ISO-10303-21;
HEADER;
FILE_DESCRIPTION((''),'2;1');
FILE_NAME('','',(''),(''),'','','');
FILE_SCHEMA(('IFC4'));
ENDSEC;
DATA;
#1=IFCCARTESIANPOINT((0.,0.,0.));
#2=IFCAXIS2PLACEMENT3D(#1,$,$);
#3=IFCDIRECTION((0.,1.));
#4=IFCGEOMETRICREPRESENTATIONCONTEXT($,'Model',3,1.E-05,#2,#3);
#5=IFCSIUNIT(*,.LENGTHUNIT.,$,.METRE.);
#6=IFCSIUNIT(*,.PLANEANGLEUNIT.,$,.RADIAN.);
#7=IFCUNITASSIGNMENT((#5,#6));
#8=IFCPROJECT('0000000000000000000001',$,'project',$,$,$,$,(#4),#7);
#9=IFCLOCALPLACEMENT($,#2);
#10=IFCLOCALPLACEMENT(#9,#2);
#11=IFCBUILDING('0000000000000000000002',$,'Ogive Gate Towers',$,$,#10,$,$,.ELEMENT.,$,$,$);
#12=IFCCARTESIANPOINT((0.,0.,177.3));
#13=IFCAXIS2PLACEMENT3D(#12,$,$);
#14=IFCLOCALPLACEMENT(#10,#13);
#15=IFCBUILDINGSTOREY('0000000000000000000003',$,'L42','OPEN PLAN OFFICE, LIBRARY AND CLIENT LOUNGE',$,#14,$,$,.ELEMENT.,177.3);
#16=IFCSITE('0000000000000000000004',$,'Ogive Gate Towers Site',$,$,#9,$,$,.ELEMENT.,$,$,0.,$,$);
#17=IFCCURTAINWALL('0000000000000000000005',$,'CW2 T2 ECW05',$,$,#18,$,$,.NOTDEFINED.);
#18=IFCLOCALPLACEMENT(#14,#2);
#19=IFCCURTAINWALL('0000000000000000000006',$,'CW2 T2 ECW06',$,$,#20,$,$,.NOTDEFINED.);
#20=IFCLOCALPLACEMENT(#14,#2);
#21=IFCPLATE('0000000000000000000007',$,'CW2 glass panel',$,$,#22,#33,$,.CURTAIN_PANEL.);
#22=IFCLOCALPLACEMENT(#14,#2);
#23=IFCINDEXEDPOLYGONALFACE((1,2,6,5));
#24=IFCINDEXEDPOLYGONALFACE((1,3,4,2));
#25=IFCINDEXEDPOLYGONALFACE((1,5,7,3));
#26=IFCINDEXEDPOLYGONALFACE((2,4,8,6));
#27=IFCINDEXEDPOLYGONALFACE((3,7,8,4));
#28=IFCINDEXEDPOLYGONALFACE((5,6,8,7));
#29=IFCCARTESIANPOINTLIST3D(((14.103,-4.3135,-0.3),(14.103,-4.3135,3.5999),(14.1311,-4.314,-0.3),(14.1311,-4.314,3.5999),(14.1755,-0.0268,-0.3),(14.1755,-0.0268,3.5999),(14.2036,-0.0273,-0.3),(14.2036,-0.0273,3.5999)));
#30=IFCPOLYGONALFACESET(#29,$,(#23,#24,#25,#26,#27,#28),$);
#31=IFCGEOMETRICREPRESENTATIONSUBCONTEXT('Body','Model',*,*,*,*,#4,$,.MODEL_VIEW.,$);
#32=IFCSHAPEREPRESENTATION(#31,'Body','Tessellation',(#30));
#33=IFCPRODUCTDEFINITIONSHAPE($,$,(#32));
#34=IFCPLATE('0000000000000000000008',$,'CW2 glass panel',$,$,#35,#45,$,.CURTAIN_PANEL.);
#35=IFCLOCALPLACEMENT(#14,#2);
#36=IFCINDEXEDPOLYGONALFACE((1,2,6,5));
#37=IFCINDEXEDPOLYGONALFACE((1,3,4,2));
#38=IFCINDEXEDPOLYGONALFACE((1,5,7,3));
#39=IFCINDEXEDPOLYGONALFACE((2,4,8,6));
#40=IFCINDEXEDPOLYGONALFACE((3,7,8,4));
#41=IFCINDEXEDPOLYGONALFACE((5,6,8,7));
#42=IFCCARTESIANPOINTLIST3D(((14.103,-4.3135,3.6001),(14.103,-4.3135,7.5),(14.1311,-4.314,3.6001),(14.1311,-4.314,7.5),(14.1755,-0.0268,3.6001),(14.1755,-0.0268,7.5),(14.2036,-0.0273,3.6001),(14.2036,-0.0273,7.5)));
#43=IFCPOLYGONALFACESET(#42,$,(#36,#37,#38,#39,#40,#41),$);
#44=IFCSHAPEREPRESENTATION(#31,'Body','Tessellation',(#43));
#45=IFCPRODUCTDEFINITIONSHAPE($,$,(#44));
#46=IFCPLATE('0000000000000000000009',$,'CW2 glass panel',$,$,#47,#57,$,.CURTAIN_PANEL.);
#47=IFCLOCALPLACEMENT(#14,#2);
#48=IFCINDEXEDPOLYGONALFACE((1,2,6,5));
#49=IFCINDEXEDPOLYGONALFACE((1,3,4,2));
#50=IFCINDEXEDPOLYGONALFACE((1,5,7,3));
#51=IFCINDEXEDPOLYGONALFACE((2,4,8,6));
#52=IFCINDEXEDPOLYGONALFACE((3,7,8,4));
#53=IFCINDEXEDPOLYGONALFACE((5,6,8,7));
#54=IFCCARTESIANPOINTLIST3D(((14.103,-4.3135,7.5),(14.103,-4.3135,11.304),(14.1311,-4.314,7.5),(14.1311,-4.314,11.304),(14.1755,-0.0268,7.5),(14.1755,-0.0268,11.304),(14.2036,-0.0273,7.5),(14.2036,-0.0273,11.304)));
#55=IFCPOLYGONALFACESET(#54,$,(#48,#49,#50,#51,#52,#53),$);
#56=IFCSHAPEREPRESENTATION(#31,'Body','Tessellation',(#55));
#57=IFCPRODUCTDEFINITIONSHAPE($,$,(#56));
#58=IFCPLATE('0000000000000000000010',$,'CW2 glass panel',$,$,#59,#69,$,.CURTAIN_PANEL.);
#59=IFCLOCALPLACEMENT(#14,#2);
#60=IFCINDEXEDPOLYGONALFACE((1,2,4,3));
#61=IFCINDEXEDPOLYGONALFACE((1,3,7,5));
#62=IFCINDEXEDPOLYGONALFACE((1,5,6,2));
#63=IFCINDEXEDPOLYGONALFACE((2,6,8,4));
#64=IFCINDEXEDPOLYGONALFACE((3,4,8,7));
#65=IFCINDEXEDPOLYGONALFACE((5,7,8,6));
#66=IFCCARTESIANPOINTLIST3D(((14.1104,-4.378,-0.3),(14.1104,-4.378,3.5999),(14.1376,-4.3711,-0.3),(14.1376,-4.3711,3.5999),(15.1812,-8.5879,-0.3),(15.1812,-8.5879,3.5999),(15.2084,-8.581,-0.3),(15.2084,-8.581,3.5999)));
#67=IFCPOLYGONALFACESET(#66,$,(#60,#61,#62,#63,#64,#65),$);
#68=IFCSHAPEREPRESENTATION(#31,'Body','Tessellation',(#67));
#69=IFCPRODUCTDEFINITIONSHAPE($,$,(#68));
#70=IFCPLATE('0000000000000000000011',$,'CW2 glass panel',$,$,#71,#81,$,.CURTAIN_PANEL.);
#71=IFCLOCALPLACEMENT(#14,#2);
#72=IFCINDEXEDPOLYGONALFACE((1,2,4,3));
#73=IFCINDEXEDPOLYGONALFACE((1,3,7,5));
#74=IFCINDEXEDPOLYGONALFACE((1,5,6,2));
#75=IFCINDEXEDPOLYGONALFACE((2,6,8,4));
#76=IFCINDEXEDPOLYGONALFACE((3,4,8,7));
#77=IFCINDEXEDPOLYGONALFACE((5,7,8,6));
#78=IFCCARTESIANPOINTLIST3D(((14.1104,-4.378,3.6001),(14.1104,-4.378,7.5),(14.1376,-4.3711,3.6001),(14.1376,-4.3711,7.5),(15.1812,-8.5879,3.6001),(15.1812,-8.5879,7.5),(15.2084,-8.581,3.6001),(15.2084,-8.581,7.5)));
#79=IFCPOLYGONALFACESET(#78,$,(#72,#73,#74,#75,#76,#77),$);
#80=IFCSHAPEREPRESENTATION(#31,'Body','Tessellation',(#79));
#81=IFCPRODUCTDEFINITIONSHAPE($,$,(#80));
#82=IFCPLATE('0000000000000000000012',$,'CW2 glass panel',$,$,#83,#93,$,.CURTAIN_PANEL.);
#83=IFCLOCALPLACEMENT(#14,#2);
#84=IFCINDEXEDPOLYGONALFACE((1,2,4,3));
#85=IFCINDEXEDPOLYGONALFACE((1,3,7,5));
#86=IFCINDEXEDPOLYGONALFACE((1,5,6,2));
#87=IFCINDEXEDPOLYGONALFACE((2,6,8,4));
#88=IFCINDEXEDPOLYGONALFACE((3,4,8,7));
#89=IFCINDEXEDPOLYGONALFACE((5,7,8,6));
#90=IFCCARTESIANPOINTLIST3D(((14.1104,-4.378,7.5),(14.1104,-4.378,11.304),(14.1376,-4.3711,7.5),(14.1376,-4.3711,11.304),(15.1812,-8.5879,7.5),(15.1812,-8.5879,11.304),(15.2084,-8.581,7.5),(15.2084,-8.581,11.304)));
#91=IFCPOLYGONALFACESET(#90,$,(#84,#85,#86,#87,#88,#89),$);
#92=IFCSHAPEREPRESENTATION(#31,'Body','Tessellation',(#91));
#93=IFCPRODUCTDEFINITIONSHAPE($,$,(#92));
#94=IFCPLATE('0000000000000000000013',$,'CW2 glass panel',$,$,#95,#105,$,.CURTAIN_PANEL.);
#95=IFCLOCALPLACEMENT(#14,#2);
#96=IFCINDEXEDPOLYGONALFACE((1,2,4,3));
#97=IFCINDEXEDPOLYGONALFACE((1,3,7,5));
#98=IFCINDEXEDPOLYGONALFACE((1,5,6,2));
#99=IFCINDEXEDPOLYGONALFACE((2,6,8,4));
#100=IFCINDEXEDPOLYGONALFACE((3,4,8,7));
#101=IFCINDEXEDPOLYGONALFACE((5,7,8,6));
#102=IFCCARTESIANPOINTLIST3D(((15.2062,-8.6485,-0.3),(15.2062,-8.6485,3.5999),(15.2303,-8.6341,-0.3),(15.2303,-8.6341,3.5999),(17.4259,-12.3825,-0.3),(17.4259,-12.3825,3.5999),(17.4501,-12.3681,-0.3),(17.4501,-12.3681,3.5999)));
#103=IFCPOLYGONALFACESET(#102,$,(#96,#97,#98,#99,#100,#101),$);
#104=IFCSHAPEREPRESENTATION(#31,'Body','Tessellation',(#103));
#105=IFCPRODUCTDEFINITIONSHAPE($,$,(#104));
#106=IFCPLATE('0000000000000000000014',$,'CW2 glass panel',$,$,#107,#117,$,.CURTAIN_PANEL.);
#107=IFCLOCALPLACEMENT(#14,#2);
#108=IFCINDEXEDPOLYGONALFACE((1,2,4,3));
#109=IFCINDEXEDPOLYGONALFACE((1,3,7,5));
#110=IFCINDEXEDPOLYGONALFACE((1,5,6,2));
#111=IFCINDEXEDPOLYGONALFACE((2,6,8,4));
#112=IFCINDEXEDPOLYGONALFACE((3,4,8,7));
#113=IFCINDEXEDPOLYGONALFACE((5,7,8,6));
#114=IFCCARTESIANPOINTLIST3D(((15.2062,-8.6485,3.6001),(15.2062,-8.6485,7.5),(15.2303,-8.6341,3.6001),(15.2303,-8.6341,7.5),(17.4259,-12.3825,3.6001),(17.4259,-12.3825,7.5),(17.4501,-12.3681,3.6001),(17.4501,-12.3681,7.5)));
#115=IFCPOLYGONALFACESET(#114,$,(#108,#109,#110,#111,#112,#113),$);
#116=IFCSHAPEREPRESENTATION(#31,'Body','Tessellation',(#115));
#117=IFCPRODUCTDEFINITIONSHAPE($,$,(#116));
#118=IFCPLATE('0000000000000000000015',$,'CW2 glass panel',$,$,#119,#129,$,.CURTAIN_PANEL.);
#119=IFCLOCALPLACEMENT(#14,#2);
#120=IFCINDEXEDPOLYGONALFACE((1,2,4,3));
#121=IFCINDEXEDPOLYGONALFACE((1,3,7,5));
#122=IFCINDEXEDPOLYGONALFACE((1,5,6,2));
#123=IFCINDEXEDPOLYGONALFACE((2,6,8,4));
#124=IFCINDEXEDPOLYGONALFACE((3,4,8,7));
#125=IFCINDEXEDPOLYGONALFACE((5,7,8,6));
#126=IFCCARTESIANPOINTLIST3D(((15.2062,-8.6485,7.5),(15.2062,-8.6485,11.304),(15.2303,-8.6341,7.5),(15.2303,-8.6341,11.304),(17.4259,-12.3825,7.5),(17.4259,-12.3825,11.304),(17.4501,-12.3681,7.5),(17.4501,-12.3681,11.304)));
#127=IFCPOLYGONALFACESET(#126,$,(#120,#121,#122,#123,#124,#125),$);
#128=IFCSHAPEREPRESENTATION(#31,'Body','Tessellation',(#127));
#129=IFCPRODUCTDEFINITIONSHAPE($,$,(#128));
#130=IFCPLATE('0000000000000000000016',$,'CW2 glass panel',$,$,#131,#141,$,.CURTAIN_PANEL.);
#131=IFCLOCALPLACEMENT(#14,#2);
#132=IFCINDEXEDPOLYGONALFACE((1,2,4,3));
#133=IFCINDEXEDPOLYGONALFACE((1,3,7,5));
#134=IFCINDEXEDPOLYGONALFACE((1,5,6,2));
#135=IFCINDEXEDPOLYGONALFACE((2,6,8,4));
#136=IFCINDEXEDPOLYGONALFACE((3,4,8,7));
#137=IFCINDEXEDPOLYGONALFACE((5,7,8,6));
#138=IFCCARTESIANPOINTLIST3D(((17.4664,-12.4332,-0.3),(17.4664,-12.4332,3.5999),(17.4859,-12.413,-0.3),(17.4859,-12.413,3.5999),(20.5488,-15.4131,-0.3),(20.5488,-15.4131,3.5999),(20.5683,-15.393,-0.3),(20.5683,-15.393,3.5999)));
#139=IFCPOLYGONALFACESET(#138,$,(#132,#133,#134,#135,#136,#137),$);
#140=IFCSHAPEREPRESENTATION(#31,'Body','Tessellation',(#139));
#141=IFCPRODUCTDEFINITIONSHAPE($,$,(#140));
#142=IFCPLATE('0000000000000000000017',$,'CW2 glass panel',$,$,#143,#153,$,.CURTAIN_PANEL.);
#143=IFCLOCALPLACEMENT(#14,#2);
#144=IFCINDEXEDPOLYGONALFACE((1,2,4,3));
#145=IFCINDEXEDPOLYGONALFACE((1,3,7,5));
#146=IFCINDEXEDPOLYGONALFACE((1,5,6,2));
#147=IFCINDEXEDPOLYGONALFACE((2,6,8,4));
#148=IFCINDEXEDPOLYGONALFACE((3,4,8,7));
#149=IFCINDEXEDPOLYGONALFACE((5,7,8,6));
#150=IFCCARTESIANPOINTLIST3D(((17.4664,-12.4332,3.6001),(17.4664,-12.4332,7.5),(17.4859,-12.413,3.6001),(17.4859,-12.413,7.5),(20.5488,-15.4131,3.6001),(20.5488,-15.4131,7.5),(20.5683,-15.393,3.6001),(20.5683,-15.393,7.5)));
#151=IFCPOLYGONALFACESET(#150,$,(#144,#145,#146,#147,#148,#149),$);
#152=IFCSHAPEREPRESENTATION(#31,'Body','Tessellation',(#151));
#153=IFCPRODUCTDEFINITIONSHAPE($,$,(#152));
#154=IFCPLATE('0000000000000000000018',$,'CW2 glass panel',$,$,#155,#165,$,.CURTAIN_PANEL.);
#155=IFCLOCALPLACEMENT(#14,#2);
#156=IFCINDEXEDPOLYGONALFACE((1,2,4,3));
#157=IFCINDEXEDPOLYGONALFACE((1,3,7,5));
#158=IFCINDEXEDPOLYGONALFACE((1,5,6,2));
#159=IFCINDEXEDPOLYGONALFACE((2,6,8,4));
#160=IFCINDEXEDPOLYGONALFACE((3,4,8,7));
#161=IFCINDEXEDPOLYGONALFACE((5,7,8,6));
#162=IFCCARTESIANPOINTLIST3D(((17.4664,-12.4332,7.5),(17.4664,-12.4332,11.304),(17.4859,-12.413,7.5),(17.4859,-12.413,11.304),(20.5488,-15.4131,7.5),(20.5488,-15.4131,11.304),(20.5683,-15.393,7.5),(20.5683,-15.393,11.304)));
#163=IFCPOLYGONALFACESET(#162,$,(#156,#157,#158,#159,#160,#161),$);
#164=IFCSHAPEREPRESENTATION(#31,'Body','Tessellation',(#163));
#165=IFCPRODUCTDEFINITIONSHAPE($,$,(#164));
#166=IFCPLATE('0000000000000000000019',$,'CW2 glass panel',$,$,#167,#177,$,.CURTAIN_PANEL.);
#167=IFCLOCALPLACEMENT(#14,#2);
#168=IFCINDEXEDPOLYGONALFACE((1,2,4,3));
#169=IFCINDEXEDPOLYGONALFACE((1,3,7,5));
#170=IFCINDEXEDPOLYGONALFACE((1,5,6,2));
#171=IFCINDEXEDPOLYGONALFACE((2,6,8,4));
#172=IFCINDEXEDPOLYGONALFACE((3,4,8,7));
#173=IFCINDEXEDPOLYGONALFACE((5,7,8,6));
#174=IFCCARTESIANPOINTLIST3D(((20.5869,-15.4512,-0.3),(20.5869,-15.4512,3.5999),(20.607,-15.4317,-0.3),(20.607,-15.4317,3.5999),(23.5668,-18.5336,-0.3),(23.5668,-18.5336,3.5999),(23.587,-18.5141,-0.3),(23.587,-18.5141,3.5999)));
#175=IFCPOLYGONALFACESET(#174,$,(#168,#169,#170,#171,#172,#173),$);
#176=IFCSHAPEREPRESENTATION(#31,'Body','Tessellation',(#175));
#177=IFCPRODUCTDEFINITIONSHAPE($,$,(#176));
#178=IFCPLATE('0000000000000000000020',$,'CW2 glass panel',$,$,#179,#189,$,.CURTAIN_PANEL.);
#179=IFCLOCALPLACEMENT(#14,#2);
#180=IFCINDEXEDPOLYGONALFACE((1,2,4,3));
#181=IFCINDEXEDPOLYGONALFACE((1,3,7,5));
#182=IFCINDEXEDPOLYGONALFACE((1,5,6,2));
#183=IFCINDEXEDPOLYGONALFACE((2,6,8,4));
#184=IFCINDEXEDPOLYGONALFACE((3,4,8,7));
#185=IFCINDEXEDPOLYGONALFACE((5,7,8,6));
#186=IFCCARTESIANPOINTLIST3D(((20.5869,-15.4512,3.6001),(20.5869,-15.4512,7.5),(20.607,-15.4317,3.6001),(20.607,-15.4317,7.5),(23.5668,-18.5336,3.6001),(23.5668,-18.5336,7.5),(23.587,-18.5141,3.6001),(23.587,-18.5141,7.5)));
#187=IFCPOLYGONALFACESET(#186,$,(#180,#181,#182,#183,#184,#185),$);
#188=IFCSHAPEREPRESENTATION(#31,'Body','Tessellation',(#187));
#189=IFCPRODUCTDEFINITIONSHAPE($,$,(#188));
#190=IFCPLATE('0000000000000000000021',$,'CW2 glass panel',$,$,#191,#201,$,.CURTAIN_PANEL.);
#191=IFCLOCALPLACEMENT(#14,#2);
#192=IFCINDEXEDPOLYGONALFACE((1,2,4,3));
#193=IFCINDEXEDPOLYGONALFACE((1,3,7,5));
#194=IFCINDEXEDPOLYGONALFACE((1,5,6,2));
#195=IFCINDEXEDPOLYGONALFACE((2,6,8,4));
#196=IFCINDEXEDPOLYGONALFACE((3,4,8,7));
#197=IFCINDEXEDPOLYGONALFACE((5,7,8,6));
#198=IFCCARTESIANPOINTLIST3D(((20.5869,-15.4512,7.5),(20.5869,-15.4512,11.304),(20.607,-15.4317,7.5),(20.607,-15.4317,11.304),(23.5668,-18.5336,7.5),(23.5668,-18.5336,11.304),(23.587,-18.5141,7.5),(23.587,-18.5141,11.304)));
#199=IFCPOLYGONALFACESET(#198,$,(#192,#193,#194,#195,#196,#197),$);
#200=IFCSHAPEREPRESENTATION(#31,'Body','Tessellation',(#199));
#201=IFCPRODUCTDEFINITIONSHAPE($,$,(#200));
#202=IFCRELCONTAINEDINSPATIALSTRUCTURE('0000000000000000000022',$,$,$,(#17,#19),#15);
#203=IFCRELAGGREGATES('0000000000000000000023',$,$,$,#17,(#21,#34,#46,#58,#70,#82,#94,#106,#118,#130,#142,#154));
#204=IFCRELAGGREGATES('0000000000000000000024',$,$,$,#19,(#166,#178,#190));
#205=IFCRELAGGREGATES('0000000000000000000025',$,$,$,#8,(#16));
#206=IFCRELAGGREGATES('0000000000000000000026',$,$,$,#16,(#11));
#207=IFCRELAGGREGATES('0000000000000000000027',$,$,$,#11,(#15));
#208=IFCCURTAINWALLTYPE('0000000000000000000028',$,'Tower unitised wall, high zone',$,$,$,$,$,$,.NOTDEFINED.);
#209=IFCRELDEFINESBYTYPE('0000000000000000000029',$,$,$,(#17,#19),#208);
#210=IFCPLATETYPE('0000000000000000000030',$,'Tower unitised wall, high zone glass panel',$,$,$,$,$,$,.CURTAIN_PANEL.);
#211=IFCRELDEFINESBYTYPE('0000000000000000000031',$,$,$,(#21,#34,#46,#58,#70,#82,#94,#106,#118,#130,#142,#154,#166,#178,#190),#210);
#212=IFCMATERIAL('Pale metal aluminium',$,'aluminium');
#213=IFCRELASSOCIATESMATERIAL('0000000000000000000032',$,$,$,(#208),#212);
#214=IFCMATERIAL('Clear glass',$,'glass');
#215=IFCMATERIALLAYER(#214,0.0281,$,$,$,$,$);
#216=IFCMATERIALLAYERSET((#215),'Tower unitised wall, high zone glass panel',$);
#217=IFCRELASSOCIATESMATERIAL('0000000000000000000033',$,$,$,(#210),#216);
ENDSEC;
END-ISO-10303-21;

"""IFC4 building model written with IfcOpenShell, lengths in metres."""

from ifc_helpers import new_model, si_unit, direction, frame, origin, origin_2d, place, context, subcontext, project, spatial, rectangle, extrude, material, layer, layer_set, type_object, element, aggregate, save


model = new_model("IFC4")

# Units and contexts
model_context = context("Model", 3, precision=1e-05, world=origin(), true_north=direction((0.0, 1.0)))
body_context = subcontext(model_context, "Body", "Model", "MODEL_VIEW")
ifc_project = project(units=[si_unit("LENGTHUNIT", "METRE"), si_unit("PLANEANGLEUNIT", "RADIAN")], contexts=[model_context])

# Site, building, storey
site_placement = place(None, origin())
site = spatial("IfcSite", under=ifc_project, at=site_placement, Name="Ogive Gate Towers Site", CompositionType="ELEMENT", RefElevation=0.0)
building_placement = place(site_placement, origin())
building = spatial("IfcBuilding", under=site, at=building_placement, Name="Ogive Gate Towers", CompositionType="ELEMENT")
storey_placement = place(building_placement, frame((0.0, 0.0, 177.3)))
storey = spatial("IfcBuildingStorey", under=building, at=storey_placement, Name="L42", Description="OPEN PLAN OFFICE, LIBRARY AND CLIENT LOUNGE", CompositionType="ELEMENT", Elevation=177.3)

# Curtain wall
ifc_material_1 = material(Name="Pale metal aluminium", Category="aluminium")
curtain_wall_type = type_object("IfcCurtainWallType", Name="Tower unitised wall, high zone", PredefinedType="NOTDEFINED", material=ifc_material_1)
curtain_wall_1_placement = place(storey_placement, origin())
curtain_wall_1 = element("IfcCurtainWall", 1, at=curtain_wall_1_placement, inside=storey, type_object=curtain_wall_type, Name="CW2 T2 ECW05", PredefinedType="NOTDEFINED")

# Curtain wall
curtain_wall_2_placement = place(storey_placement, origin())
curtain_wall_2 = element("IfcCurtainWall", 2, at=curtain_wall_2_placement, inside=storey, type_object=curtain_wall_type, Name="CW2 T2 ECW06", PredefinedType="NOTDEFINED")

# Plates
ifc_material_2 = material(Name="Clear glass", Category="glass")
ifc_layer_1 = layer(ifc_material_2, 0.0281)
ifc_layer_set_1 = layer_set([ifc_layer_1], Name="Tower unitised wall, high zone glass panel")
plate_type = type_object("IfcPlateType", Name="Tower unitised wall, high zone glass panel", PredefinedType="CURTAIN_PANEL", material=ifc_layer_set_1)
plate_1_placement = place(storey_placement, frame((14.1533, -2.1704, -0.3), z_axis=(0.0, 0.0, 1.0), x_axis=(-0.016911, -0.999857, 0.0)))
plate_1 = element("IfcPlate", 3, at=plate_1_placement, type_object=plate_type, Name="CW2 glass panel", PredefinedType="CURTAIN_PANEL", context=body_context, shape_type="SweptSolid", body=[
    extrude(rectangle(XDim=4.2874, YDim=0.0281, at=origin_2d()), origin(), (0.0, 0.0, 1.0), 3.8999),
])
plate_2_placement = place(storey_placement, frame((14.1533, -2.1704, 3.6001), z_axis=(0.0, 0.0, 1.0), x_axis=(-0.016911, -0.999857, 0.0)))
plate_2 = element("IfcPlate", 4, at=plate_2_placement, type_object=plate_type, Name="CW2 glass panel", PredefinedType="CURTAIN_PANEL", context=body_context, shape_type="SweptSolid", body=[
    extrude(rectangle(XDim=4.2874, YDim=0.0281, at=origin_2d()), origin(), (0.0, 0.0, 1.0), 3.8999),
])
plate_3_placement = place(storey_placement, frame((14.1533, -2.1704, 7.5), z_axis=(0.0, 0.0, 1.0), x_axis=(-0.016911, -0.999857, 0.0)))
plate_3 = element("IfcPlate", 5, at=plate_3_placement, type_object=plate_type, Name="CW2 glass panel", PredefinedType="CURTAIN_PANEL", context=body_context, shape_type="SweptSolid", body=[
    extrude(rectangle(XDim=4.2874, YDim=0.0281, at=origin_2d()), origin(), (0.0, 0.0, 1.0), 3.804),
])
plate_4_placement = place(storey_placement, frame((14.6594, -6.4795, -0.3), z_axis=(0.0, 0.0, 1.0), x_axis=(0.246492, -0.969145, 0.0)))
plate_4 = element("IfcPlate", 6, at=plate_4_placement, type_object=plate_type, Name="CW2 glass panel", PredefinedType="CURTAIN_PANEL", context=body_context, shape_type="SweptSolid", body=[
    extrude(rectangle(XDim=4.344, YDim=0.0281, at=origin_2d()), origin(), (0.0, 0.0, 1.0), 3.8999),
])
plate_5_placement = place(storey_placement, frame((14.6594, -6.4795, 3.6001), z_axis=(0.0, 0.0, 1.0), x_axis=(0.246492, -0.969145, 0.0)))
plate_5 = element("IfcPlate", 7, at=plate_5_placement, type_object=plate_type, Name="CW2 glass panel", PredefinedType="CURTAIN_PANEL", context=body_context, shape_type="SweptSolid", body=[
    extrude(rectangle(XDim=4.344, YDim=0.0281, at=origin_2d()), origin(), (0.0, 0.0, 1.0), 3.8999),
])
plate_6_placement = place(storey_placement, frame((14.6594, -6.4795, 7.5), z_axis=(0.0, 0.0, 1.0), x_axis=(0.246492, -0.969145, 0.0)))
plate_6 = element("IfcPlate", 8, at=plate_6_placement, type_object=plate_type, Name="CW2 glass panel", PredefinedType="CURTAIN_PANEL", context=body_context, shape_type="SweptSolid", body=[
    extrude(rectangle(XDim=4.344, YDim=0.0281, at=origin_2d()), origin(), (0.0, 0.0, 1.0), 3.804),
])
plate_7_placement = place(storey_placement, frame((16.3281, -10.5083, -0.3), z_axis=(0.0, 0.0, 1.0), x_axis=(0.510993, -0.859585, 0.0)))
plate_7 = element("IfcPlate", 9, at=plate_7_placement, type_object=plate_type, Name="CW2 glass panel", PredefinedType="CURTAIN_PANEL", context=body_context, shape_type="SweptSolid", body=[
    extrude(rectangle(XDim=4.344, YDim=0.0281, at=origin_2d()), origin(), (0.0, 0.0, 1.0), 3.8999),
])
plate_8_placement = place(storey_placement, frame((16.3281, -10.5083, 3.6001), z_axis=(0.0, 0.0, 1.0), x_axis=(0.510993, -0.859585, 0.0)))
plate_8 = element("IfcPlate", 10, at=plate_8_placement, type_object=plate_type, Name="CW2 glass panel", PredefinedType="CURTAIN_PANEL", context=body_context, shape_type="SweptSolid", body=[
    extrude(rectangle(XDim=4.344, YDim=0.0281, at=origin_2d()), origin(), (0.0, 0.0, 1.0), 3.8999),
])
plate_9_placement = place(storey_placement, frame((16.3281, -10.5083, 7.5), z_axis=(0.0, 0.0, 1.0), x_axis=(0.510993, -0.859585, 0.0)))
plate_9 = element("IfcPlate", 11, at=plate_9_placement, type_object=plate_type, Name="CW2 glass panel", PredefinedType="CURTAIN_PANEL", context=body_context, shape_type="SweptSolid", body=[
    extrude(rectangle(XDim=4.344, YDim=0.0281, at=origin_2d()), origin(), (0.0, 0.0, 1.0), 3.804),
])
plate_10_placement = place(storey_placement, frame((19.0173, -13.9131, -0.3), z_axis=(0.0, 0.0, 1.0), x_axis=(0.718964, -0.695047, 0.0)))
plate_10 = element("IfcPlate", 12, at=plate_10_placement, type_object=plate_type, Name="CW2 glass panel", PredefinedType="CURTAIN_PANEL", context=body_context, shape_type="SweptSolid", body=[
    extrude(rectangle(XDim=4.2874, YDim=0.0281, at=origin_2d()), origin(), (0.0, 0.0, 1.0), 3.8999),
])
plate_11_placement = place(storey_placement, frame((19.0173, -13.9131, 3.6001), z_axis=(0.0, 0.0, 1.0), x_axis=(0.718964, -0.695047, 0.0)))
plate_11 = element("IfcPlate", 13, at=plate_11_placement, type_object=plate_type, Name="CW2 glass panel", PredefinedType="CURTAIN_PANEL", context=body_context, shape_type="SweptSolid", body=[
    extrude(rectangle(XDim=4.2874, YDim=0.0281, at=origin_2d()), origin(), (0.0, 0.0, 1.0), 3.8999),
])
plate_12_placement = place(storey_placement, frame((19.0173, -13.9131, 7.5), z_axis=(0.0, 0.0, 1.0), x_axis=(0.718964, -0.695047, 0.0)))
plate_12 = element("IfcPlate", 14, at=plate_12_placement, type_object=plate_type, Name="CW2 glass panel", PredefinedType="CURTAIN_PANEL", context=body_context, shape_type="SweptSolid", body=[
    extrude(rectangle(XDim=4.2874, YDim=0.0281, at=origin_2d()), origin(), (0.0, 0.0, 1.0), 3.804),
])
aggregate(curtain_wall_1, [plate_1, plate_2, plate_3, plate_4, plate_5, plate_6, plate_7, plate_8, plate_9, plate_10, plate_11, plate_12])
plate_13_placement = place(storey_placement, frame((22.0869, -16.9827, -0.3), z_axis=(0.0, 0.0, 1.0), x_axis=(0.695047, -0.718964, 0.0)))
plate_13 = element("IfcPlate", 15, at=plate_13_placement, type_object=plate_type, Name="CW2 glass panel", PredefinedType="CURTAIN_PANEL", context=body_context, shape_type="SweptSolid", body=[
    extrude(rectangle(XDim=4.2874, YDim=0.0281, at=origin_2d()), origin(), (0.0, 0.0, 1.0), 3.8999),
])
plate_14_placement = place(storey_placement, frame((22.0869, -16.9827, 3.6001), z_axis=(0.0, 0.0, 1.0), x_axis=(0.695047, -0.718964, 0.0)))
plate_14 = element("IfcPlate", 16, at=plate_14_placement, type_object=plate_type, Name="CW2 glass panel", PredefinedType="CURTAIN_PANEL", context=body_context, shape_type="SweptSolid", body=[
    extrude(rectangle(XDim=4.2874, YDim=0.0281, at=origin_2d()), origin(), (0.0, 0.0, 1.0), 3.8999),
])
plate_15_placement = place(storey_placement, frame((22.0869, -16.9827, 7.5), z_axis=(0.0, 0.0, 1.0), x_axis=(0.695047, -0.718964, 0.0)))
plate_15 = element("IfcPlate", 17, at=plate_15_placement, type_object=plate_type, Name="CW2 glass panel", PredefinedType="CURTAIN_PANEL", context=body_context, shape_type="SweptSolid", body=[
    extrude(rectangle(XDim=4.2874, YDim=0.0281, at=origin_2d()), origin(), (0.0, 0.0, 1.0), 3.804),
])
aggregate(curtain_wall_2, [plate_13, plate_14, plate_15])

save(model, "model.ifc")
